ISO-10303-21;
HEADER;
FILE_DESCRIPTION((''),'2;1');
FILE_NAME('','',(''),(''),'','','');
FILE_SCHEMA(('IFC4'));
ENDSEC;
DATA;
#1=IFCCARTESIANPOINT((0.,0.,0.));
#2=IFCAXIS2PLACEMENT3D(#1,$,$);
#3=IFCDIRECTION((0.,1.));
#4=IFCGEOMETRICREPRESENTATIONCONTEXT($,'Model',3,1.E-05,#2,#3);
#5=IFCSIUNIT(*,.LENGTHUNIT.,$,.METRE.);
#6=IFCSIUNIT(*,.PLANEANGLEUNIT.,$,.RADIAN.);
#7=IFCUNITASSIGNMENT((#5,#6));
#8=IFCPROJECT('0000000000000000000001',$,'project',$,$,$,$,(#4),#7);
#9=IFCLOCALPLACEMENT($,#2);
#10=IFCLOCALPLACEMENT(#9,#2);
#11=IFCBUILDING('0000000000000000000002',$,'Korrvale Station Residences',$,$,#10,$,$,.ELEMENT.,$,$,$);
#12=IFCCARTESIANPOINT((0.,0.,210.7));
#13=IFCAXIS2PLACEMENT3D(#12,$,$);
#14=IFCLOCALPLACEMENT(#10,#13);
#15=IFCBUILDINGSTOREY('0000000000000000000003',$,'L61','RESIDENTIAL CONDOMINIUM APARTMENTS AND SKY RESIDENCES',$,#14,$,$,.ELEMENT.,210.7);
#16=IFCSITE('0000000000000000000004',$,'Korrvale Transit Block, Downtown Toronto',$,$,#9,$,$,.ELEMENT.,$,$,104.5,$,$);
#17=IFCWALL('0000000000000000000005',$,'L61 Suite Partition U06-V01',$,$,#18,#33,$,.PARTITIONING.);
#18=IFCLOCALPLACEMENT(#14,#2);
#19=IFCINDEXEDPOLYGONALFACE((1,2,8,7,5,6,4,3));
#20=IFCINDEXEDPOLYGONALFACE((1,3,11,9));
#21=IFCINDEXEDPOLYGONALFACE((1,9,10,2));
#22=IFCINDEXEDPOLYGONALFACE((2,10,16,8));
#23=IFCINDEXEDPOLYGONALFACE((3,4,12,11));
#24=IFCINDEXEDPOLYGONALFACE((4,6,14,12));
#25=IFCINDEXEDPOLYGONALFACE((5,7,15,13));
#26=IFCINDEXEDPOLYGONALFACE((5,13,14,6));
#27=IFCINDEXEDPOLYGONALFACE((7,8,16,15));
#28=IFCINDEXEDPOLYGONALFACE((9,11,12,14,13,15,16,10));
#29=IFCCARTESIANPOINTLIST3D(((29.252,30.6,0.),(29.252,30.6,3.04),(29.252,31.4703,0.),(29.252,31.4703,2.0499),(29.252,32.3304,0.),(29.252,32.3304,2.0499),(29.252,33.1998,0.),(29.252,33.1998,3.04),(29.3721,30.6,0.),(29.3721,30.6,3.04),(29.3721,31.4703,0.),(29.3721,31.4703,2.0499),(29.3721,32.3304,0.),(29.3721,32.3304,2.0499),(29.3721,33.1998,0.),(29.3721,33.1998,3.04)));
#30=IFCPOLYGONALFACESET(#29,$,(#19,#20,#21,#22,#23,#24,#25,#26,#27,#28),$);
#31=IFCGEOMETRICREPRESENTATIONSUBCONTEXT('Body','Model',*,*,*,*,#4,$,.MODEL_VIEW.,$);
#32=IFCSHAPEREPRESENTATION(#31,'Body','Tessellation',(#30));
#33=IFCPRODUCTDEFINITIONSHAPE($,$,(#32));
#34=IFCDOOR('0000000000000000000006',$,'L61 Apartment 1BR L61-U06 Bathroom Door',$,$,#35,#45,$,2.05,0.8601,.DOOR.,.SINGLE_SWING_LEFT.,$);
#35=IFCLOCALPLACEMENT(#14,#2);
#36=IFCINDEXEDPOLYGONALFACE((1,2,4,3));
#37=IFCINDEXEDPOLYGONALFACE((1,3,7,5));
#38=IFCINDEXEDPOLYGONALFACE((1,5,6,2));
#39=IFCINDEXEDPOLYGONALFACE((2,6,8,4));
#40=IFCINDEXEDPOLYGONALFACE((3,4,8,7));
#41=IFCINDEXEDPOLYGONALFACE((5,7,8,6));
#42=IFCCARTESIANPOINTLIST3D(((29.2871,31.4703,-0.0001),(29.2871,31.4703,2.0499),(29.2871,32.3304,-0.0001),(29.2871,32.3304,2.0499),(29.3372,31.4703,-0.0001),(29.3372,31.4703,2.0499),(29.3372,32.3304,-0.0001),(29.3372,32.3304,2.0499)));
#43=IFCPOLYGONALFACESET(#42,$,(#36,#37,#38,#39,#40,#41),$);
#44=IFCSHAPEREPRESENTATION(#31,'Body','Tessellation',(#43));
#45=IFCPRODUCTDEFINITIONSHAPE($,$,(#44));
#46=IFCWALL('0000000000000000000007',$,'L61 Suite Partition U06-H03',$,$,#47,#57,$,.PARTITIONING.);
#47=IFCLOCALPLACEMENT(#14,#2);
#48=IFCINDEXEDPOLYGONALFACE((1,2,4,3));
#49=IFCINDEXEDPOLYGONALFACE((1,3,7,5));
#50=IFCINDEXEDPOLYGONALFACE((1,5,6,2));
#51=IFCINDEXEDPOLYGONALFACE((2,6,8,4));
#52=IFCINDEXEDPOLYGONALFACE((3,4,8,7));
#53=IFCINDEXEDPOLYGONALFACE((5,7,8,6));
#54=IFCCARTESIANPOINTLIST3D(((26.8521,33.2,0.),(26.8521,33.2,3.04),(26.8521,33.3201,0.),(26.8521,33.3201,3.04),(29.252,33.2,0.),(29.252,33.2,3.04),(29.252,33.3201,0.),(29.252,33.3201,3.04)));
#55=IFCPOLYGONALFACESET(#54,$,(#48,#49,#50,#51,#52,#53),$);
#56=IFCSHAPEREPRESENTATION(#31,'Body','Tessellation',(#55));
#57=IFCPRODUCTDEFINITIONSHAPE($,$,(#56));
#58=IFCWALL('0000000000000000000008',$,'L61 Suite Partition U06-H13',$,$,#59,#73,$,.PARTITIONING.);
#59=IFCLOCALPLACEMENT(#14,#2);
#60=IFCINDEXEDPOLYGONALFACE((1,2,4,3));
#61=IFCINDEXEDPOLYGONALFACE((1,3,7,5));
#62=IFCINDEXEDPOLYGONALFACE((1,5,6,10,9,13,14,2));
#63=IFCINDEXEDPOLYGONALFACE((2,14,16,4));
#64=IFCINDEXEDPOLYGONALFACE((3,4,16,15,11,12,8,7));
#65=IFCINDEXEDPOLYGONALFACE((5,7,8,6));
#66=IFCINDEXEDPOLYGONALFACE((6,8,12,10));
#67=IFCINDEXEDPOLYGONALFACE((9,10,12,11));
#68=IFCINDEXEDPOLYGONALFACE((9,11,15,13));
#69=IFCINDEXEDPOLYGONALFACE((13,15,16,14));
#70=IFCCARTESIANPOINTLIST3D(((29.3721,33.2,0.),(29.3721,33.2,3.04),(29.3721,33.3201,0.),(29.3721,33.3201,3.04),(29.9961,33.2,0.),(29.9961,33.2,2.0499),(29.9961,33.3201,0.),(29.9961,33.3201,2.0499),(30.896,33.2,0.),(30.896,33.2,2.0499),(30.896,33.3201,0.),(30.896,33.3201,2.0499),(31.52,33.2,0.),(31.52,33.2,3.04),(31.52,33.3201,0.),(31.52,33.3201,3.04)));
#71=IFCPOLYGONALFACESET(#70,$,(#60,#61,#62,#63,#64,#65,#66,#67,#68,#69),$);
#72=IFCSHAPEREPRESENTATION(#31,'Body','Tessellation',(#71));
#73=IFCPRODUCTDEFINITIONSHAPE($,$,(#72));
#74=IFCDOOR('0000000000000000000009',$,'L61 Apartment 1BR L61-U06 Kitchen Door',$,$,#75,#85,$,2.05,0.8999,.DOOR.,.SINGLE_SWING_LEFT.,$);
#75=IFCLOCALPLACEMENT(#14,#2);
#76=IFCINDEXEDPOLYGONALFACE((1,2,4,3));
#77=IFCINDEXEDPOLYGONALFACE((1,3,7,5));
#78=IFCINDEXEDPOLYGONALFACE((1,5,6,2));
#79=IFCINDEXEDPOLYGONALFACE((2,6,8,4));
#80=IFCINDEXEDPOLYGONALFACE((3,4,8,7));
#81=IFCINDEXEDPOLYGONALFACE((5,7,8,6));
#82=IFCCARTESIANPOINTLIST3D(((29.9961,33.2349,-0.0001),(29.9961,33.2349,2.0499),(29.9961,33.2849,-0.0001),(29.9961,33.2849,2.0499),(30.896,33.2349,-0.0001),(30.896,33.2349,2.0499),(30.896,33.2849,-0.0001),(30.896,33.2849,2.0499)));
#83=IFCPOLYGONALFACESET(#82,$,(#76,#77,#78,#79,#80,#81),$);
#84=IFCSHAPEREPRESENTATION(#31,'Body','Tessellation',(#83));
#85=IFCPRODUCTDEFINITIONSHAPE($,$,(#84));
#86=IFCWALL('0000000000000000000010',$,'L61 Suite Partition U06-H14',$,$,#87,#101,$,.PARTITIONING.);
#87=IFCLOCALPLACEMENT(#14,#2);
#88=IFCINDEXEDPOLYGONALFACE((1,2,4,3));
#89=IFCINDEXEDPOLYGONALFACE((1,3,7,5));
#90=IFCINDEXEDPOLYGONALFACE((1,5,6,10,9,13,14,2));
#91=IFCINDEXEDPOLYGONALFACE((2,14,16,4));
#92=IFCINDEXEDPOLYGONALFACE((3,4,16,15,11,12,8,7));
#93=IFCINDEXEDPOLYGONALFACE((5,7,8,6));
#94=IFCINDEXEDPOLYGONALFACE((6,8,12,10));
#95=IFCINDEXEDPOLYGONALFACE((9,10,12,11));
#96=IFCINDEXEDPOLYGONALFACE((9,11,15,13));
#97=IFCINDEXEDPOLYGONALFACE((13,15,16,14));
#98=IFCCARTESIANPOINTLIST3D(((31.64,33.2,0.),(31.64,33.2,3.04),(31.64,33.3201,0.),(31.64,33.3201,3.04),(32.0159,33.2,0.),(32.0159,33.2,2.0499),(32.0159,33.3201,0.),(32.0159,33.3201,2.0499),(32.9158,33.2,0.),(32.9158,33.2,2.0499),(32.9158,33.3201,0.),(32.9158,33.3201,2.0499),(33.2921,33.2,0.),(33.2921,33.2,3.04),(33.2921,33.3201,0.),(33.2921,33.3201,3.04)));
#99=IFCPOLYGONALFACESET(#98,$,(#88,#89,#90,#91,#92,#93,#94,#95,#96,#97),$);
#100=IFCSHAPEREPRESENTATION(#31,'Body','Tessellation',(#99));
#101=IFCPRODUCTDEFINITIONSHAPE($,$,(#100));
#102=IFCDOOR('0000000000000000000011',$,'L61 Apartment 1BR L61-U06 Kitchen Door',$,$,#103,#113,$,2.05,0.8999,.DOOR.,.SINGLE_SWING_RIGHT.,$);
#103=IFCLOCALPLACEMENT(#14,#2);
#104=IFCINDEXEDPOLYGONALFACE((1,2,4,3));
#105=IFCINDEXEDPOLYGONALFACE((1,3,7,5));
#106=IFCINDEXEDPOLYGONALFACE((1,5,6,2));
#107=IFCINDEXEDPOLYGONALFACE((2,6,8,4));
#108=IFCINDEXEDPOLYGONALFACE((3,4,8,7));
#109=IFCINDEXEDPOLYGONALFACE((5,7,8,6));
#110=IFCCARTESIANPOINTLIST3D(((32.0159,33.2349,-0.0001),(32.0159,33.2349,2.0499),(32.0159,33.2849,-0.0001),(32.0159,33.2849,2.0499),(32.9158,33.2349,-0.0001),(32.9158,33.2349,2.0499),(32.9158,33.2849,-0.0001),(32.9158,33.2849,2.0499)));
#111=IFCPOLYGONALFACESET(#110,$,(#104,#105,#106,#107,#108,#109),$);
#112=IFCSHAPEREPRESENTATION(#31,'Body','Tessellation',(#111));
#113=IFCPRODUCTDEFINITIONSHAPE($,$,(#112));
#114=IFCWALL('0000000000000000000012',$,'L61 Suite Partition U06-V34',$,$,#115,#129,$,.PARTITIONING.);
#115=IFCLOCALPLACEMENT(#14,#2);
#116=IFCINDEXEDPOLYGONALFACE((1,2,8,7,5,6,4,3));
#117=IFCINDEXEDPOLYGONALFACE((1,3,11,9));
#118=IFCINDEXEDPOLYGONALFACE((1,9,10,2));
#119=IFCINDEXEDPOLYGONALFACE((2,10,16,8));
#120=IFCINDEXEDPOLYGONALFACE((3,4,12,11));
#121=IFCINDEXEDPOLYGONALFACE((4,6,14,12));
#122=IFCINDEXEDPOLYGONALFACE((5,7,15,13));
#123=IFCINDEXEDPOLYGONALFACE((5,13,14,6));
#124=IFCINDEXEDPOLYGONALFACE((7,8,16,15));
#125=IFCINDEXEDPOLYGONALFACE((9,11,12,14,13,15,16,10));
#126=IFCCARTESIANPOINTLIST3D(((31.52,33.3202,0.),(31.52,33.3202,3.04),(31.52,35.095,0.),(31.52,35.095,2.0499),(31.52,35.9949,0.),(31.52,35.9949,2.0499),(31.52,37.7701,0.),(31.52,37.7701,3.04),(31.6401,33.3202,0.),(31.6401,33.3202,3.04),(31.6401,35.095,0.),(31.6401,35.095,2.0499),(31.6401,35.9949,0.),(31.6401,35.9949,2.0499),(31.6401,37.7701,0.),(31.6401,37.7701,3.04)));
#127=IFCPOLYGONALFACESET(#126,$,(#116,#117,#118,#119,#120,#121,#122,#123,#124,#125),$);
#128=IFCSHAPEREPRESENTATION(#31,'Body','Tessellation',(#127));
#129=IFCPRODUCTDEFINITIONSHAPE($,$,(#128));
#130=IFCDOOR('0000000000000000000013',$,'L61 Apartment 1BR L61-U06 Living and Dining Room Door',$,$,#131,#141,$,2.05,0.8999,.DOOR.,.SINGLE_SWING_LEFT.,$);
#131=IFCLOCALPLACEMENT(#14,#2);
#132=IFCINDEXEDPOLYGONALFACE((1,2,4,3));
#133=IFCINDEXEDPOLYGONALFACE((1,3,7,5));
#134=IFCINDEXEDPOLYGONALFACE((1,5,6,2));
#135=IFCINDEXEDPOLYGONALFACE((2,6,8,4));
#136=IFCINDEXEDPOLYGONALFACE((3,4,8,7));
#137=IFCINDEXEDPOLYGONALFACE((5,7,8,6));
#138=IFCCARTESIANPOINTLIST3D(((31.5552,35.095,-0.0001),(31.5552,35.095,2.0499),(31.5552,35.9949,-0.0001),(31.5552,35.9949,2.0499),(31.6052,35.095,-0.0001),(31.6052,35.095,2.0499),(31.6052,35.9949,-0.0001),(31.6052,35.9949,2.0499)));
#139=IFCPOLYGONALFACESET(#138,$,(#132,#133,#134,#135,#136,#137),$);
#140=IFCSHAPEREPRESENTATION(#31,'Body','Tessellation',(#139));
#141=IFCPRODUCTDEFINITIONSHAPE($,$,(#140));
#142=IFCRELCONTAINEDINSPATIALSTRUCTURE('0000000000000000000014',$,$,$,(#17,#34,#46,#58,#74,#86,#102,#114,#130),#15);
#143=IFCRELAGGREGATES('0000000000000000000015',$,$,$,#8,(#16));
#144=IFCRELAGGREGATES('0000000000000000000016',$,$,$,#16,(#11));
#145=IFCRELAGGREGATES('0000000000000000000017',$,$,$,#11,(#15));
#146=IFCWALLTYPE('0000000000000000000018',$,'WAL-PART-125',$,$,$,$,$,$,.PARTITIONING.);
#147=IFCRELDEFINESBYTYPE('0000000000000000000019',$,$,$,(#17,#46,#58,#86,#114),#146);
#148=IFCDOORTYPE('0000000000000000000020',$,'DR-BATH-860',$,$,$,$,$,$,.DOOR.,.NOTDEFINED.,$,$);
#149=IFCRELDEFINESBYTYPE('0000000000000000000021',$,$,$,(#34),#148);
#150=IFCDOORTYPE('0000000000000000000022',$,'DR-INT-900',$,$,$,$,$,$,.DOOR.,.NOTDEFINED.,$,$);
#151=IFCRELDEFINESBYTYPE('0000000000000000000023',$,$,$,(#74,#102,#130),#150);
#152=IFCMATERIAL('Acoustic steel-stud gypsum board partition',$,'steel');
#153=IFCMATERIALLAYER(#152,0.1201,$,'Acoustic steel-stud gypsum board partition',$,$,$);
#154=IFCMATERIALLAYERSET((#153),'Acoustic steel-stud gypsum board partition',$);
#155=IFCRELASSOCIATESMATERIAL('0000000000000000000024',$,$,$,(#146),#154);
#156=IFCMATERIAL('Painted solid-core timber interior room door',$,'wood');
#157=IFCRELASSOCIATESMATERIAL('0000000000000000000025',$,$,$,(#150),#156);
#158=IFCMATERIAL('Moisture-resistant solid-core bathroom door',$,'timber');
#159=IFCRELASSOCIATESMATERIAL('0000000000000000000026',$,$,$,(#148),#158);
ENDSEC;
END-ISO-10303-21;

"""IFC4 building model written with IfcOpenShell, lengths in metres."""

from ifc_helpers import new_model, si_unit, direction, frame, frame_2d, origin, place, context, subcontext, project, spatial, rectangle, extrude, material, layer, layer_set, type_object, element, fill, save


model = new_model("IFC4")

# Units and contexts
model_context = context("Model", 3, precision=1e-05, world=origin(), true_north=direction((0.0, 1.0)))
body_context = subcontext(model_context, "Body", "Model", "MODEL_VIEW")
ifc_project = project(units=[si_unit("LENGTHUNIT", "METRE"), si_unit("PLANEANGLEUNIT", "RADIAN")], contexts=[model_context])

# Site, building, storey
site_placement = place(None, origin())
site = spatial("IfcSite", under=ifc_project, at=site_placement, Name="Korrvale Transit Block, Downtown Toronto", CompositionType="ELEMENT", RefElevation=104.5)
building_placement = place(site_placement, origin())
building = spatial("IfcBuilding", under=site, at=building_placement, Name="Korrvale Station Residences", CompositionType="ELEMENT")
storey_placement = place(building_placement, frame((0.0, 0.0, 210.7)))
storey = spatial("IfcBuildingStorey", under=building, at=storey_placement, Name="L61", Description="RESIDENTIAL CONDOMINIUM APARTMENTS AND SKY RESIDENCES", CompositionType="ELEMENT", Elevation=210.7)

# Wall, opening, door
ifc_material_1 = material(Name="Acoustic steel-stud gypsum board partition", Category="steel")
ifc_layer_1 = layer(ifc_material_1, 0.1201, Name="Acoustic steel-stud gypsum board partition")
ifc_layer_set_1 = layer_set([ifc_layer_1], Name="Acoustic steel-stud gypsum board partition")
wall_type_1 = type_object("IfcWallType", Name="WAL-PART-125", PredefinedType="PARTITIONING", material=ifc_layer_set_1)
ifc_material_2 = material(Name="Painted solid-core timber interior room door", Category="wood")
door_type_1 = type_object("IfcDoorType", Name="DR-INT-900", OperationType="NOTDEFINED", PredefinedType="DOOR", material=ifc_material_2)
wall_1_placement = place(storey_placement, frame((29.312, 30.6001, 0.0), z_axis=(0.0, 0.0, 1.0), x_axis=(0.0, 1.0, 0.0)))
wall_1 = element("IfcWall", 1, at=wall_1_placement, inside=storey, type_object=wall_type_1, Name="L61 Suite Partition U06-V01", PredefinedType="PARTITIONING", context=body_context, shape_type="SweptSolid", body=[
    extrude(rectangle(XDim=2.5999, YDim=0.1201, at=frame_2d((1.2998, 0.0))), origin(), (0.0, 0.0, 1.0), 3.04),
])
opening_1_placement = place(wall_1_placement, frame((0.8701, 0.0, 0.0)))
opening_1 = element("IfcOpeningElement", 2, at=opening_1_placement, cuts=wall_1, PredefinedType="OPENING", context=body_context, shape_type="SweptSolid", body=[
    extrude(rectangle(XDim=0.8601, YDim=2.05, at=frame_2d((0.4302, 1.0249))), frame((0.0, 0.0701, 0.0), z_axis=(0.0, -1.0, 0.0), x_axis=(1.0, 0.0, 0.0)), (0.0, 0.0, 1.0), 0.1401),
])
ifc_material_3 = material(Name="Moisture-resistant solid-core bathroom door", Category="timber")
door_type_2 = type_object("IfcDoorType", Name="DR-BATH-860", OperationType="NOTDEFINED", PredefinedType="DOOR", material=ifc_material_3)
door_1_placement = place(opening_1_placement, origin())
door_1 = element("IfcDoor", 3, at=door_1_placement, inside=storey, type_object=door_type_2, Name="L61 Apartment 1BR L61-U06 Bathroom Door", OperationType="SINGLE_SWING_LEFT", OverallHeight=2.05, OverallWidth=0.8601, PredefinedType="DOOR", context=body_context, shape_type="SweptSolid", body=[
    extrude(rectangle(XDim=0.8601, YDim=2.05, at=frame_2d((0.4302, 1.0249))), frame((0.0, 0.0249, 0.0), z_axis=(0.0, -1.0, 0.0), x_axis=(1.0, 0.0, 0.0)), (0.0, 0.0, 1.0), 0.05),
])
fill(opening_1, door_1)

# Wall
wall_2_placement = place(storey_placement, frame((26.8521, 33.26, 0.0), z_axis=(0.0, 0.0, 1.0), x_axis=(1.0, 0.0, 0.0)))
element("IfcWall", 4, at=wall_2_placement, inside=storey, type_object=wall_type_1, Name="L61 Suite Partition U06-H03", PredefinedType="PARTITIONING", context=body_context, shape_type="SweptSolid", body=[
    extrude(rectangle(XDim=2.3999, YDim=0.1201, at=frame_2d((1.2, 0.0))), origin(), (0.0, 0.0, 1.0), 3.04),
])

# Walls, openings, doors
wall_3_placement = place(storey_placement, frame((29.3721, 33.26, 0.0), z_axis=(0.0, 0.0, 1.0), x_axis=(1.0, 0.0, 0.0)))
wall_3 = element("IfcWall", 5, at=wall_3_placement, inside=storey, type_object=wall_type_1, Name="L61 Suite Partition U06-H13", PredefinedType="PARTITIONING", context=body_context, shape_type="SweptSolid", body=[
    extrude(rectangle(XDim=2.1479, YDim=0.1201, at=frame_2d((1.074, 0.0))), origin(), (0.0, 0.0, 1.0), 3.04),
])
opening_2_placement = place(wall_3_placement, frame((0.624, 0.0, 0.0)))
opening_2 = element("IfcOpeningElement", 6, at=opening_2_placement, cuts=wall_3, PredefinedType="OPENING", context=body_context, shape_type="SweptSolid", body=[
    extrude(rectangle(XDim=0.8999, YDim=2.05, at=frame_2d((0.45, 1.0249))), frame((0.0, 0.0701, 0.0), z_axis=(0.0, -1.0, 0.0), x_axis=(1.0, 0.0, 0.0)), (0.0, 0.0, 1.0), 0.1401),
])
door_2_placement = place(opening_2_placement, origin())
door_2 = element("IfcDoor", 7, at=door_2_placement, inside=storey, type_object=door_type_1, Name="L61 Apartment 1BR L61-U06 Kitchen Door", OperationType="SINGLE_SWING_LEFT", OverallHeight=2.05, OverallWidth=0.8999, PredefinedType="DOOR", context=body_context, shape_type="SweptSolid", body=[
    extrude(rectangle(XDim=0.8999, YDim=2.05, at=frame_2d((0.45, 1.0249))), frame((0.0, 0.0249, 0.0), z_axis=(0.0, -1.0, 0.0), x_axis=(1.0, 0.0, 0.0)), (0.0, 0.0, 1.0), 0.05),
])
fill(opening_2, door_2)
wall_4_placement = place(storey_placement, frame((31.6399, 33.26, 0.0), z_axis=(0.0, 0.0, 1.0), x_axis=(1.0, 0.0, 0.0)))
wall_4 = element("IfcWall", 8, at=wall_4_placement, inside=storey, type_object=wall_type_1, Name="L61 Suite Partition U06-H14", PredefinedType="PARTITIONING", context=body_context, shape_type="SweptSolid", body=[
    extrude(rectangle(XDim=1.6521, YDim=0.1201, at=frame_2d((0.8262, 0.0))), origin(), (0.0, 0.0, 1.0), 3.04),
])
opening_3_placement = place(wall_4_placement, frame((0.376, 0.0, 0.0)))
opening_3 = element("IfcOpeningElement", 9, at=opening_3_placement, cuts=wall_4, PredefinedType="OPENING", context=body_context, shape_type="SweptSolid", body=[
    extrude(rectangle(XDim=0.8999, YDim=2.05, at=frame_2d((0.45, 1.0249))), frame((0.0, 0.0701, 0.0), z_axis=(0.0, -1.0, 0.0), x_axis=(1.0, 0.0, 0.0)), (0.0, 0.0, 1.0), 0.1401),
])
door_3_placement = place(opening_3_placement, origin())
door_3 = element("IfcDoor", 10, at=door_3_placement, inside=storey, type_object=door_type_1, Name="L61 Apartment 1BR L61-U06 Kitchen Door", OperationType="SINGLE_SWING_RIGHT", OverallHeight=2.05, OverallWidth=0.8999, PredefinedType="DOOR", context=body_context, shape_type="SweptSolid", body=[
    extrude(rectangle(XDim=0.8999, YDim=2.05, at=frame_2d((0.45, 1.0249))), frame((0.0, 0.0249, 0.0), z_axis=(0.0, -1.0, 0.0), x_axis=(1.0, 0.0, 0.0)), (0.0, 0.0, 1.0), 0.05),
])
fill(opening_3, door_3)
wall_5_placement = place(storey_placement, frame((31.5801, 33.3201, 0.0), z_axis=(0.0, 0.0, 1.0), x_axis=(0.0, 1.0, 0.0)))
wall_5 = element("IfcWall", 11, at=wall_5_placement, inside=storey, type_object=wall_type_1, Name="L61 Suite Partition U06-V34", PredefinedType="PARTITIONING", context=body_context, shape_type="SweptSolid", body=[
    extrude(rectangle(XDim=4.45, YDim=0.1201, at=frame_2d((2.2251, 0.0))), origin(), (0.0, 0.0, 1.0), 3.04),
])
opening_4_placement = place(wall_5_placement, frame((1.7749, 0.0, 0.0)))
opening_4 = element("IfcOpeningElement", 12, at=opening_4_placement, cuts=wall_5, PredefinedType="OPENING", context=body_context, shape_type="SweptSolid", body=[
    extrude(rectangle(XDim=0.8999, YDim=2.05, at=frame_2d((0.45, 1.0249))), frame((0.0, 0.0701, 0.0), z_axis=(0.0, -1.0, 0.0), x_axis=(1.0, 0.0, 0.0)), (0.0, 0.0, 1.0), 0.1401),
])
door_4_placement = place(opening_4_placement, origin())
door_4 = element("IfcDoor", 13, at=door_4_placement, inside=storey, type_object=door_type_1, Name="L61 Apartment 1BR L61-U06 Living and Dining Room Door", OperationType="SINGLE_SWING_LEFT", OverallHeight=2.05, OverallWidth=0.8999, PredefinedType="DOOR", context=body_context, shape_type="SweptSolid", body=[
    extrude(rectangle(XDim=0.8999, YDim=2.05, at=frame_2d((0.45, 1.0249))), frame((0.0, 0.0249, 0.0), z_axis=(0.0, -1.0, 0.0), x_axis=(1.0, 0.0, 0.0)), (0.0, 0.0, 1.0), 0.05),
])
fill(opening_4, door_4)

save(model, "model.ifc")
